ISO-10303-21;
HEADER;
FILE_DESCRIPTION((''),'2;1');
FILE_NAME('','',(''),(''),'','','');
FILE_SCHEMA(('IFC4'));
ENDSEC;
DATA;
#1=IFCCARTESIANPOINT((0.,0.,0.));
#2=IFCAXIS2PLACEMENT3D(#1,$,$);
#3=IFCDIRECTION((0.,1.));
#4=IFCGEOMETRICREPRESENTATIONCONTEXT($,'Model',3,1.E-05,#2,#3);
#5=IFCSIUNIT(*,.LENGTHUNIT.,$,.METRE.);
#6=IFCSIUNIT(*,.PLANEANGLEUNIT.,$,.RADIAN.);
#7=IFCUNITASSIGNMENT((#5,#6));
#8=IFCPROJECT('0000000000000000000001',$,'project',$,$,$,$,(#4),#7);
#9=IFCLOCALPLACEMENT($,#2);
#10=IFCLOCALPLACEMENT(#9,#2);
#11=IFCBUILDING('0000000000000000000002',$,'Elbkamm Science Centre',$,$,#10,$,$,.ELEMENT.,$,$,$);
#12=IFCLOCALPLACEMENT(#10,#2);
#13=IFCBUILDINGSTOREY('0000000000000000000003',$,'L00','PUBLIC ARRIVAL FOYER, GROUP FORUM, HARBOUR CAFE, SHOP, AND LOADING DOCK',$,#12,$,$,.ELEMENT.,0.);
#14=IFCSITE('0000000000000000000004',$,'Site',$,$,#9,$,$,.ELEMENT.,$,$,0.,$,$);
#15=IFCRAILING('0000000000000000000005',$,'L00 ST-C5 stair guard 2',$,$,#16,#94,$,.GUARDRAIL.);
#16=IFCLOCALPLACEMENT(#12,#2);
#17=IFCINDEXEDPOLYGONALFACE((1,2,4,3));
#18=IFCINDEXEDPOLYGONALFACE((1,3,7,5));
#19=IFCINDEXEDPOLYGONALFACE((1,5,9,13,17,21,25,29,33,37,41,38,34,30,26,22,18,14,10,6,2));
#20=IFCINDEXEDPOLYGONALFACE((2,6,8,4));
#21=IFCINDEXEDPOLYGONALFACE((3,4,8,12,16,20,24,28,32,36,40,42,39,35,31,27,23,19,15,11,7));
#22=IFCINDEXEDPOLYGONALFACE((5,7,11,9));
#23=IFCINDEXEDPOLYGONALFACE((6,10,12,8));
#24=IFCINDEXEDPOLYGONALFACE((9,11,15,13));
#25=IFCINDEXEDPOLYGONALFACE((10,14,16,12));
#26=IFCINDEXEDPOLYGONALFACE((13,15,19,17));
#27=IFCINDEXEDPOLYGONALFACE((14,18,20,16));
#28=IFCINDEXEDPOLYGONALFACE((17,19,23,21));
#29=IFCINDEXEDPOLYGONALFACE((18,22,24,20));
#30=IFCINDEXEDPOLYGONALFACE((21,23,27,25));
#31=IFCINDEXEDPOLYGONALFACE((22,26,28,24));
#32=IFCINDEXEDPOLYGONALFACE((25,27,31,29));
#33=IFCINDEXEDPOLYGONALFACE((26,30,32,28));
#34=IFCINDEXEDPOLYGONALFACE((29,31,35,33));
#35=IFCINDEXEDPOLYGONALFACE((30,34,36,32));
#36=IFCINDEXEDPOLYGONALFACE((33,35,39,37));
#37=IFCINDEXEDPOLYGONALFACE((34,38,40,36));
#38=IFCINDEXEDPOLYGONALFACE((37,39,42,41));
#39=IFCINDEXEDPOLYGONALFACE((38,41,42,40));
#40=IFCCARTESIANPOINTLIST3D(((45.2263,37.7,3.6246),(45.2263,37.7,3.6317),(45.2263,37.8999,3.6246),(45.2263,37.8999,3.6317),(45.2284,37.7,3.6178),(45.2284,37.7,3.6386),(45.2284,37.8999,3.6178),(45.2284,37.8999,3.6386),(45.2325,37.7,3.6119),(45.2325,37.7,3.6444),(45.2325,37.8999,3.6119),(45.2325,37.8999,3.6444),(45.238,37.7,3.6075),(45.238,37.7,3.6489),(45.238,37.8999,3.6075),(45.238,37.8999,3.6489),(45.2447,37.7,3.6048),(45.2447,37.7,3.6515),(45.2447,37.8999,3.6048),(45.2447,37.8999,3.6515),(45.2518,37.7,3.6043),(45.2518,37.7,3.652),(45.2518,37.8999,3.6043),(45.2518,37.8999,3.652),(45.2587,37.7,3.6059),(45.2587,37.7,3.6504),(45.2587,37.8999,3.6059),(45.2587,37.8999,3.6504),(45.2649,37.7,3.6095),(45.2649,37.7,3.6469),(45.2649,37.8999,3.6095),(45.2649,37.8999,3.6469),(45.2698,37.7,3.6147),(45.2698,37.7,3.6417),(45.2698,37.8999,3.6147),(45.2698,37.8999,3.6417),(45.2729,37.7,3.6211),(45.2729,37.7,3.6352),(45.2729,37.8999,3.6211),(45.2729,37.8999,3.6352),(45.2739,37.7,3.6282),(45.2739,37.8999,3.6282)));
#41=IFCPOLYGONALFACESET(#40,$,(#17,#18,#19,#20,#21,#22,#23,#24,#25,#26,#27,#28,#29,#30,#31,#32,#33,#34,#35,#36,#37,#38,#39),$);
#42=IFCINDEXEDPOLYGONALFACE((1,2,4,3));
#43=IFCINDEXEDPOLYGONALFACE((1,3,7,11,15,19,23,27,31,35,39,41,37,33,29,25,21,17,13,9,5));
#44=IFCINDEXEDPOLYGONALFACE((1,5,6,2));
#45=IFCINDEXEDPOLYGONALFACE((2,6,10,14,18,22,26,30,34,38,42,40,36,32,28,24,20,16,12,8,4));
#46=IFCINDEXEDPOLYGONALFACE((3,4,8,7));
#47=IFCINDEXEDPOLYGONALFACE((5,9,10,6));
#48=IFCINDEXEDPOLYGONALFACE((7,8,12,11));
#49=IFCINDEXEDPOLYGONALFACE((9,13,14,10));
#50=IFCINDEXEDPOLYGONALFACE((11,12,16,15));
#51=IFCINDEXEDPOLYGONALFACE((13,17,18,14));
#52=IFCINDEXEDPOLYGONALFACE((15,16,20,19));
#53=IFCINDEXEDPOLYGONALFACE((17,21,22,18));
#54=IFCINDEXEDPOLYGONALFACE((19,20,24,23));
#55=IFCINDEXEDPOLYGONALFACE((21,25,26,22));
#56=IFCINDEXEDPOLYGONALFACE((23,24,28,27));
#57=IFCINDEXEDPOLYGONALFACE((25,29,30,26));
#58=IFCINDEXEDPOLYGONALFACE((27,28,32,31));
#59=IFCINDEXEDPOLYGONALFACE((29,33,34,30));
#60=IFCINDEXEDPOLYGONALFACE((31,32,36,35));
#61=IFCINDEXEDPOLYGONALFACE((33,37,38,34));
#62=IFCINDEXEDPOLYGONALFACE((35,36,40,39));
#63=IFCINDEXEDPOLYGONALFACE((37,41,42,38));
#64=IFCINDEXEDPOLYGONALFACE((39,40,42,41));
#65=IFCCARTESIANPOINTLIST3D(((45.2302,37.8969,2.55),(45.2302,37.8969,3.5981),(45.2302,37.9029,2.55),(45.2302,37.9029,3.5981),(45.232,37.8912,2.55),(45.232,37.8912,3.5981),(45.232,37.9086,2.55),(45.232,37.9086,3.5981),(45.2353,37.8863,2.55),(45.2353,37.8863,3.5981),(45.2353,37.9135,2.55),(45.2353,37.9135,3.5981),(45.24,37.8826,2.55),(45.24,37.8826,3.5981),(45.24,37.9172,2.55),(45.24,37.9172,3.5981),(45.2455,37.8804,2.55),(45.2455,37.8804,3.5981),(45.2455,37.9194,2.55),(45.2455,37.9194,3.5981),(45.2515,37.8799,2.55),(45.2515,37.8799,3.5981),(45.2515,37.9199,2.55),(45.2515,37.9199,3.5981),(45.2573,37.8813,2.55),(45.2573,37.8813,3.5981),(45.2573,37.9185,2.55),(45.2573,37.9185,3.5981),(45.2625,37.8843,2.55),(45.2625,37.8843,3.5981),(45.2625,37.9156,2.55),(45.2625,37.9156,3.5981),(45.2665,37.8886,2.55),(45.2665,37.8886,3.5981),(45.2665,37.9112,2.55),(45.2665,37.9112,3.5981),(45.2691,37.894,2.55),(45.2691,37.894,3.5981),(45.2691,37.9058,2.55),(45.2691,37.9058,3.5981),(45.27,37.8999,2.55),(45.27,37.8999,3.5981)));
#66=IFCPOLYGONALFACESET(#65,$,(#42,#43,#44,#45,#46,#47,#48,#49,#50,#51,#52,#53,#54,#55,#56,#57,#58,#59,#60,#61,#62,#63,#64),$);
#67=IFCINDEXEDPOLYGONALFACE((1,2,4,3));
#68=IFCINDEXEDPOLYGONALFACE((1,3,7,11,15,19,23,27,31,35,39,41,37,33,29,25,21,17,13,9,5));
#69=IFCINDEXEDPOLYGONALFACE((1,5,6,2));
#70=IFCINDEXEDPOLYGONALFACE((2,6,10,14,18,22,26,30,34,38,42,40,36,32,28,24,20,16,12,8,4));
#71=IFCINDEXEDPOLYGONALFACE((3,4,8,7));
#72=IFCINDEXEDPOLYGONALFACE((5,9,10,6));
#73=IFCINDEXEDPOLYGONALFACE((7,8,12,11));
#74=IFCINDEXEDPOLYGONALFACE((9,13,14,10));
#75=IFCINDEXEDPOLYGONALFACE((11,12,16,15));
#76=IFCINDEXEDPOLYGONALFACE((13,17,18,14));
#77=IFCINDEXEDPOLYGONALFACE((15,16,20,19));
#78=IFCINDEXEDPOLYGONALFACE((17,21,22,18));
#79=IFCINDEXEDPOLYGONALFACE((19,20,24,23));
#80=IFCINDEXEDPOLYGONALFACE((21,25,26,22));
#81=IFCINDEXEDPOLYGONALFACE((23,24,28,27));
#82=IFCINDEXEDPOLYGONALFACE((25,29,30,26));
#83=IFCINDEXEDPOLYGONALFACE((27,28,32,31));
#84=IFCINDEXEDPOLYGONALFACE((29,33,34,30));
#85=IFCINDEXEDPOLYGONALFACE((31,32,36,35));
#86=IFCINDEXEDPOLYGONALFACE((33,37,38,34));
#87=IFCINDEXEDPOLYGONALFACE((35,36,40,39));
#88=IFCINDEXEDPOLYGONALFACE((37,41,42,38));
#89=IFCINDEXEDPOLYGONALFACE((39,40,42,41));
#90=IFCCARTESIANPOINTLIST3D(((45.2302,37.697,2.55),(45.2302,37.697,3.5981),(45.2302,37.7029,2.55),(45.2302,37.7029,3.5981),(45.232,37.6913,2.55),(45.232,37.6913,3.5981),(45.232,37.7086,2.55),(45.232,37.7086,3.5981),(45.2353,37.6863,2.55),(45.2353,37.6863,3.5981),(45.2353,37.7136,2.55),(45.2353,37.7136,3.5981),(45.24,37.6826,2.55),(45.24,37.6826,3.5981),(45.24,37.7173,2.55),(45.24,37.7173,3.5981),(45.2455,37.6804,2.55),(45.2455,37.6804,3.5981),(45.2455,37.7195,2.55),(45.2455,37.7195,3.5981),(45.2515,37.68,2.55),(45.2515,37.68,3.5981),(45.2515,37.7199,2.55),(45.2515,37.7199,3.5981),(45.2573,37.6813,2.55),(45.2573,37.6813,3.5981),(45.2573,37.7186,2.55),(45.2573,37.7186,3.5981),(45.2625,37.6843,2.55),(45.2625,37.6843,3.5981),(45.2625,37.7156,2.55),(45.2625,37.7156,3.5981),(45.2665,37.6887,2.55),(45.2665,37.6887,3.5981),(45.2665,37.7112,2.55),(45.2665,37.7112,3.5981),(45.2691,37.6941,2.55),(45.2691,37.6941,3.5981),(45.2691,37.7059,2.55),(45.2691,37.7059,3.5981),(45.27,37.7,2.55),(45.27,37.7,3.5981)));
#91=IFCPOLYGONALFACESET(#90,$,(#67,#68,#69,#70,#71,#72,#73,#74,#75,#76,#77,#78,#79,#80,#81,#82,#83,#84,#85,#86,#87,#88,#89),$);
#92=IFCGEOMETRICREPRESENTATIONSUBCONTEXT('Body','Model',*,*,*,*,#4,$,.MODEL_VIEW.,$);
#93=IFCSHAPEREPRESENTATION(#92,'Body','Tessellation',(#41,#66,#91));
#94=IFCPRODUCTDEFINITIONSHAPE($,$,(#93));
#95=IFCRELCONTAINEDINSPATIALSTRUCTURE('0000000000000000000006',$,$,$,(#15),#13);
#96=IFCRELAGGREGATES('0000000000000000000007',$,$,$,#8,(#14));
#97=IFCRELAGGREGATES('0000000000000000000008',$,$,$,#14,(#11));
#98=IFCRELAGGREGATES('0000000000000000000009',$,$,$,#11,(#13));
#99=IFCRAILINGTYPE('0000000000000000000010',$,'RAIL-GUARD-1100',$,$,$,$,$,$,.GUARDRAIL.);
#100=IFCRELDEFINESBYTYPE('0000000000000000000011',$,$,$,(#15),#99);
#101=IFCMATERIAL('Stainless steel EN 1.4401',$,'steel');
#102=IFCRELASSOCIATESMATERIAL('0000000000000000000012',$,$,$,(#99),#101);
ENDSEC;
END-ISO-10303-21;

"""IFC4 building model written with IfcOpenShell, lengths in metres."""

from ifc_helpers import new_model, si_unit, direction, frame, origin, origin_2d, place, context, subcontext, project, spatial, circle, extrude, material, type_object, element, save


model = new_model("IFC4")

# Units and contexts
model_context = context("Model", 3, precision=1e-05, world=origin(), true_north=direction((0.0, 1.0)))
body_context = subcontext(model_context, "Body", "Model", "MODEL_VIEW")
ifc_project = project(units=[si_unit("LENGTHUNIT", "METRE"), si_unit("PLANEANGLEUNIT", "RADIAN")], contexts=[model_context])

# Site, building, storey
site_placement = place(None, origin())
site = spatial("IfcSite", under=ifc_project, at=site_placement, Name="Site", CompositionType="ELEMENT", RefElevation=0.0)
building_placement = place(site_placement, origin())
building = spatial("IfcBuilding", under=site, at=building_placement, Name="Elbkamm Science Centre", CompositionType="ELEMENT")
storey_placement = place(building_placement, origin())
storey = spatial("IfcBuildingStorey", under=building, at=storey_placement, Name="L00", Description="PUBLIC ARRIVAL FOYER, GROUP FORUM, HARBOUR CAFE, SHOP, AND LOADING DOCK", CompositionType="ELEMENT", Elevation=0.0)

# Railing
ifc_material_1 = material(Name="Stainless steel EN 1.4401", Category="steel")
railing_type_1 = type_object("IfcRailingType", Name="RAIL-GUARD-1100", PredefinedType="GUARDRAIL", material=ifc_material_1)
railing_1_placement = place(storey_placement, frame((45.25, 37.8999, 2.55)))
element("IfcRailing", 1, at=railing_1_placement, inside=storey, type_object=railing_type_1, Name="L00 ST-C5 stair guard 2", PredefinedType="GUARDRAIL", context=body_context, shape_type="SweptSolid", body=[
    extrude(circle(Radius=0.0239, at=origin_2d()), frame((0.0, 0.0, 1.0781), z_axis=(0.0, -1.0, 0.0), x_axis=(1.0, 0.0, 0.0)), (0.0, 0.0, 1.0), 0.2),
    extrude(circle(Radius=0.02, at=origin_2d()), origin(), (0.0, 0.0, 1.0), 1.0481),
    extrude(circle(Radius=0.02, at=origin_2d()), frame((0.0, -0.2, 0.0)), (0.0, 0.0, 1.0), 1.0481),
])

save(model, "model.ifc")
